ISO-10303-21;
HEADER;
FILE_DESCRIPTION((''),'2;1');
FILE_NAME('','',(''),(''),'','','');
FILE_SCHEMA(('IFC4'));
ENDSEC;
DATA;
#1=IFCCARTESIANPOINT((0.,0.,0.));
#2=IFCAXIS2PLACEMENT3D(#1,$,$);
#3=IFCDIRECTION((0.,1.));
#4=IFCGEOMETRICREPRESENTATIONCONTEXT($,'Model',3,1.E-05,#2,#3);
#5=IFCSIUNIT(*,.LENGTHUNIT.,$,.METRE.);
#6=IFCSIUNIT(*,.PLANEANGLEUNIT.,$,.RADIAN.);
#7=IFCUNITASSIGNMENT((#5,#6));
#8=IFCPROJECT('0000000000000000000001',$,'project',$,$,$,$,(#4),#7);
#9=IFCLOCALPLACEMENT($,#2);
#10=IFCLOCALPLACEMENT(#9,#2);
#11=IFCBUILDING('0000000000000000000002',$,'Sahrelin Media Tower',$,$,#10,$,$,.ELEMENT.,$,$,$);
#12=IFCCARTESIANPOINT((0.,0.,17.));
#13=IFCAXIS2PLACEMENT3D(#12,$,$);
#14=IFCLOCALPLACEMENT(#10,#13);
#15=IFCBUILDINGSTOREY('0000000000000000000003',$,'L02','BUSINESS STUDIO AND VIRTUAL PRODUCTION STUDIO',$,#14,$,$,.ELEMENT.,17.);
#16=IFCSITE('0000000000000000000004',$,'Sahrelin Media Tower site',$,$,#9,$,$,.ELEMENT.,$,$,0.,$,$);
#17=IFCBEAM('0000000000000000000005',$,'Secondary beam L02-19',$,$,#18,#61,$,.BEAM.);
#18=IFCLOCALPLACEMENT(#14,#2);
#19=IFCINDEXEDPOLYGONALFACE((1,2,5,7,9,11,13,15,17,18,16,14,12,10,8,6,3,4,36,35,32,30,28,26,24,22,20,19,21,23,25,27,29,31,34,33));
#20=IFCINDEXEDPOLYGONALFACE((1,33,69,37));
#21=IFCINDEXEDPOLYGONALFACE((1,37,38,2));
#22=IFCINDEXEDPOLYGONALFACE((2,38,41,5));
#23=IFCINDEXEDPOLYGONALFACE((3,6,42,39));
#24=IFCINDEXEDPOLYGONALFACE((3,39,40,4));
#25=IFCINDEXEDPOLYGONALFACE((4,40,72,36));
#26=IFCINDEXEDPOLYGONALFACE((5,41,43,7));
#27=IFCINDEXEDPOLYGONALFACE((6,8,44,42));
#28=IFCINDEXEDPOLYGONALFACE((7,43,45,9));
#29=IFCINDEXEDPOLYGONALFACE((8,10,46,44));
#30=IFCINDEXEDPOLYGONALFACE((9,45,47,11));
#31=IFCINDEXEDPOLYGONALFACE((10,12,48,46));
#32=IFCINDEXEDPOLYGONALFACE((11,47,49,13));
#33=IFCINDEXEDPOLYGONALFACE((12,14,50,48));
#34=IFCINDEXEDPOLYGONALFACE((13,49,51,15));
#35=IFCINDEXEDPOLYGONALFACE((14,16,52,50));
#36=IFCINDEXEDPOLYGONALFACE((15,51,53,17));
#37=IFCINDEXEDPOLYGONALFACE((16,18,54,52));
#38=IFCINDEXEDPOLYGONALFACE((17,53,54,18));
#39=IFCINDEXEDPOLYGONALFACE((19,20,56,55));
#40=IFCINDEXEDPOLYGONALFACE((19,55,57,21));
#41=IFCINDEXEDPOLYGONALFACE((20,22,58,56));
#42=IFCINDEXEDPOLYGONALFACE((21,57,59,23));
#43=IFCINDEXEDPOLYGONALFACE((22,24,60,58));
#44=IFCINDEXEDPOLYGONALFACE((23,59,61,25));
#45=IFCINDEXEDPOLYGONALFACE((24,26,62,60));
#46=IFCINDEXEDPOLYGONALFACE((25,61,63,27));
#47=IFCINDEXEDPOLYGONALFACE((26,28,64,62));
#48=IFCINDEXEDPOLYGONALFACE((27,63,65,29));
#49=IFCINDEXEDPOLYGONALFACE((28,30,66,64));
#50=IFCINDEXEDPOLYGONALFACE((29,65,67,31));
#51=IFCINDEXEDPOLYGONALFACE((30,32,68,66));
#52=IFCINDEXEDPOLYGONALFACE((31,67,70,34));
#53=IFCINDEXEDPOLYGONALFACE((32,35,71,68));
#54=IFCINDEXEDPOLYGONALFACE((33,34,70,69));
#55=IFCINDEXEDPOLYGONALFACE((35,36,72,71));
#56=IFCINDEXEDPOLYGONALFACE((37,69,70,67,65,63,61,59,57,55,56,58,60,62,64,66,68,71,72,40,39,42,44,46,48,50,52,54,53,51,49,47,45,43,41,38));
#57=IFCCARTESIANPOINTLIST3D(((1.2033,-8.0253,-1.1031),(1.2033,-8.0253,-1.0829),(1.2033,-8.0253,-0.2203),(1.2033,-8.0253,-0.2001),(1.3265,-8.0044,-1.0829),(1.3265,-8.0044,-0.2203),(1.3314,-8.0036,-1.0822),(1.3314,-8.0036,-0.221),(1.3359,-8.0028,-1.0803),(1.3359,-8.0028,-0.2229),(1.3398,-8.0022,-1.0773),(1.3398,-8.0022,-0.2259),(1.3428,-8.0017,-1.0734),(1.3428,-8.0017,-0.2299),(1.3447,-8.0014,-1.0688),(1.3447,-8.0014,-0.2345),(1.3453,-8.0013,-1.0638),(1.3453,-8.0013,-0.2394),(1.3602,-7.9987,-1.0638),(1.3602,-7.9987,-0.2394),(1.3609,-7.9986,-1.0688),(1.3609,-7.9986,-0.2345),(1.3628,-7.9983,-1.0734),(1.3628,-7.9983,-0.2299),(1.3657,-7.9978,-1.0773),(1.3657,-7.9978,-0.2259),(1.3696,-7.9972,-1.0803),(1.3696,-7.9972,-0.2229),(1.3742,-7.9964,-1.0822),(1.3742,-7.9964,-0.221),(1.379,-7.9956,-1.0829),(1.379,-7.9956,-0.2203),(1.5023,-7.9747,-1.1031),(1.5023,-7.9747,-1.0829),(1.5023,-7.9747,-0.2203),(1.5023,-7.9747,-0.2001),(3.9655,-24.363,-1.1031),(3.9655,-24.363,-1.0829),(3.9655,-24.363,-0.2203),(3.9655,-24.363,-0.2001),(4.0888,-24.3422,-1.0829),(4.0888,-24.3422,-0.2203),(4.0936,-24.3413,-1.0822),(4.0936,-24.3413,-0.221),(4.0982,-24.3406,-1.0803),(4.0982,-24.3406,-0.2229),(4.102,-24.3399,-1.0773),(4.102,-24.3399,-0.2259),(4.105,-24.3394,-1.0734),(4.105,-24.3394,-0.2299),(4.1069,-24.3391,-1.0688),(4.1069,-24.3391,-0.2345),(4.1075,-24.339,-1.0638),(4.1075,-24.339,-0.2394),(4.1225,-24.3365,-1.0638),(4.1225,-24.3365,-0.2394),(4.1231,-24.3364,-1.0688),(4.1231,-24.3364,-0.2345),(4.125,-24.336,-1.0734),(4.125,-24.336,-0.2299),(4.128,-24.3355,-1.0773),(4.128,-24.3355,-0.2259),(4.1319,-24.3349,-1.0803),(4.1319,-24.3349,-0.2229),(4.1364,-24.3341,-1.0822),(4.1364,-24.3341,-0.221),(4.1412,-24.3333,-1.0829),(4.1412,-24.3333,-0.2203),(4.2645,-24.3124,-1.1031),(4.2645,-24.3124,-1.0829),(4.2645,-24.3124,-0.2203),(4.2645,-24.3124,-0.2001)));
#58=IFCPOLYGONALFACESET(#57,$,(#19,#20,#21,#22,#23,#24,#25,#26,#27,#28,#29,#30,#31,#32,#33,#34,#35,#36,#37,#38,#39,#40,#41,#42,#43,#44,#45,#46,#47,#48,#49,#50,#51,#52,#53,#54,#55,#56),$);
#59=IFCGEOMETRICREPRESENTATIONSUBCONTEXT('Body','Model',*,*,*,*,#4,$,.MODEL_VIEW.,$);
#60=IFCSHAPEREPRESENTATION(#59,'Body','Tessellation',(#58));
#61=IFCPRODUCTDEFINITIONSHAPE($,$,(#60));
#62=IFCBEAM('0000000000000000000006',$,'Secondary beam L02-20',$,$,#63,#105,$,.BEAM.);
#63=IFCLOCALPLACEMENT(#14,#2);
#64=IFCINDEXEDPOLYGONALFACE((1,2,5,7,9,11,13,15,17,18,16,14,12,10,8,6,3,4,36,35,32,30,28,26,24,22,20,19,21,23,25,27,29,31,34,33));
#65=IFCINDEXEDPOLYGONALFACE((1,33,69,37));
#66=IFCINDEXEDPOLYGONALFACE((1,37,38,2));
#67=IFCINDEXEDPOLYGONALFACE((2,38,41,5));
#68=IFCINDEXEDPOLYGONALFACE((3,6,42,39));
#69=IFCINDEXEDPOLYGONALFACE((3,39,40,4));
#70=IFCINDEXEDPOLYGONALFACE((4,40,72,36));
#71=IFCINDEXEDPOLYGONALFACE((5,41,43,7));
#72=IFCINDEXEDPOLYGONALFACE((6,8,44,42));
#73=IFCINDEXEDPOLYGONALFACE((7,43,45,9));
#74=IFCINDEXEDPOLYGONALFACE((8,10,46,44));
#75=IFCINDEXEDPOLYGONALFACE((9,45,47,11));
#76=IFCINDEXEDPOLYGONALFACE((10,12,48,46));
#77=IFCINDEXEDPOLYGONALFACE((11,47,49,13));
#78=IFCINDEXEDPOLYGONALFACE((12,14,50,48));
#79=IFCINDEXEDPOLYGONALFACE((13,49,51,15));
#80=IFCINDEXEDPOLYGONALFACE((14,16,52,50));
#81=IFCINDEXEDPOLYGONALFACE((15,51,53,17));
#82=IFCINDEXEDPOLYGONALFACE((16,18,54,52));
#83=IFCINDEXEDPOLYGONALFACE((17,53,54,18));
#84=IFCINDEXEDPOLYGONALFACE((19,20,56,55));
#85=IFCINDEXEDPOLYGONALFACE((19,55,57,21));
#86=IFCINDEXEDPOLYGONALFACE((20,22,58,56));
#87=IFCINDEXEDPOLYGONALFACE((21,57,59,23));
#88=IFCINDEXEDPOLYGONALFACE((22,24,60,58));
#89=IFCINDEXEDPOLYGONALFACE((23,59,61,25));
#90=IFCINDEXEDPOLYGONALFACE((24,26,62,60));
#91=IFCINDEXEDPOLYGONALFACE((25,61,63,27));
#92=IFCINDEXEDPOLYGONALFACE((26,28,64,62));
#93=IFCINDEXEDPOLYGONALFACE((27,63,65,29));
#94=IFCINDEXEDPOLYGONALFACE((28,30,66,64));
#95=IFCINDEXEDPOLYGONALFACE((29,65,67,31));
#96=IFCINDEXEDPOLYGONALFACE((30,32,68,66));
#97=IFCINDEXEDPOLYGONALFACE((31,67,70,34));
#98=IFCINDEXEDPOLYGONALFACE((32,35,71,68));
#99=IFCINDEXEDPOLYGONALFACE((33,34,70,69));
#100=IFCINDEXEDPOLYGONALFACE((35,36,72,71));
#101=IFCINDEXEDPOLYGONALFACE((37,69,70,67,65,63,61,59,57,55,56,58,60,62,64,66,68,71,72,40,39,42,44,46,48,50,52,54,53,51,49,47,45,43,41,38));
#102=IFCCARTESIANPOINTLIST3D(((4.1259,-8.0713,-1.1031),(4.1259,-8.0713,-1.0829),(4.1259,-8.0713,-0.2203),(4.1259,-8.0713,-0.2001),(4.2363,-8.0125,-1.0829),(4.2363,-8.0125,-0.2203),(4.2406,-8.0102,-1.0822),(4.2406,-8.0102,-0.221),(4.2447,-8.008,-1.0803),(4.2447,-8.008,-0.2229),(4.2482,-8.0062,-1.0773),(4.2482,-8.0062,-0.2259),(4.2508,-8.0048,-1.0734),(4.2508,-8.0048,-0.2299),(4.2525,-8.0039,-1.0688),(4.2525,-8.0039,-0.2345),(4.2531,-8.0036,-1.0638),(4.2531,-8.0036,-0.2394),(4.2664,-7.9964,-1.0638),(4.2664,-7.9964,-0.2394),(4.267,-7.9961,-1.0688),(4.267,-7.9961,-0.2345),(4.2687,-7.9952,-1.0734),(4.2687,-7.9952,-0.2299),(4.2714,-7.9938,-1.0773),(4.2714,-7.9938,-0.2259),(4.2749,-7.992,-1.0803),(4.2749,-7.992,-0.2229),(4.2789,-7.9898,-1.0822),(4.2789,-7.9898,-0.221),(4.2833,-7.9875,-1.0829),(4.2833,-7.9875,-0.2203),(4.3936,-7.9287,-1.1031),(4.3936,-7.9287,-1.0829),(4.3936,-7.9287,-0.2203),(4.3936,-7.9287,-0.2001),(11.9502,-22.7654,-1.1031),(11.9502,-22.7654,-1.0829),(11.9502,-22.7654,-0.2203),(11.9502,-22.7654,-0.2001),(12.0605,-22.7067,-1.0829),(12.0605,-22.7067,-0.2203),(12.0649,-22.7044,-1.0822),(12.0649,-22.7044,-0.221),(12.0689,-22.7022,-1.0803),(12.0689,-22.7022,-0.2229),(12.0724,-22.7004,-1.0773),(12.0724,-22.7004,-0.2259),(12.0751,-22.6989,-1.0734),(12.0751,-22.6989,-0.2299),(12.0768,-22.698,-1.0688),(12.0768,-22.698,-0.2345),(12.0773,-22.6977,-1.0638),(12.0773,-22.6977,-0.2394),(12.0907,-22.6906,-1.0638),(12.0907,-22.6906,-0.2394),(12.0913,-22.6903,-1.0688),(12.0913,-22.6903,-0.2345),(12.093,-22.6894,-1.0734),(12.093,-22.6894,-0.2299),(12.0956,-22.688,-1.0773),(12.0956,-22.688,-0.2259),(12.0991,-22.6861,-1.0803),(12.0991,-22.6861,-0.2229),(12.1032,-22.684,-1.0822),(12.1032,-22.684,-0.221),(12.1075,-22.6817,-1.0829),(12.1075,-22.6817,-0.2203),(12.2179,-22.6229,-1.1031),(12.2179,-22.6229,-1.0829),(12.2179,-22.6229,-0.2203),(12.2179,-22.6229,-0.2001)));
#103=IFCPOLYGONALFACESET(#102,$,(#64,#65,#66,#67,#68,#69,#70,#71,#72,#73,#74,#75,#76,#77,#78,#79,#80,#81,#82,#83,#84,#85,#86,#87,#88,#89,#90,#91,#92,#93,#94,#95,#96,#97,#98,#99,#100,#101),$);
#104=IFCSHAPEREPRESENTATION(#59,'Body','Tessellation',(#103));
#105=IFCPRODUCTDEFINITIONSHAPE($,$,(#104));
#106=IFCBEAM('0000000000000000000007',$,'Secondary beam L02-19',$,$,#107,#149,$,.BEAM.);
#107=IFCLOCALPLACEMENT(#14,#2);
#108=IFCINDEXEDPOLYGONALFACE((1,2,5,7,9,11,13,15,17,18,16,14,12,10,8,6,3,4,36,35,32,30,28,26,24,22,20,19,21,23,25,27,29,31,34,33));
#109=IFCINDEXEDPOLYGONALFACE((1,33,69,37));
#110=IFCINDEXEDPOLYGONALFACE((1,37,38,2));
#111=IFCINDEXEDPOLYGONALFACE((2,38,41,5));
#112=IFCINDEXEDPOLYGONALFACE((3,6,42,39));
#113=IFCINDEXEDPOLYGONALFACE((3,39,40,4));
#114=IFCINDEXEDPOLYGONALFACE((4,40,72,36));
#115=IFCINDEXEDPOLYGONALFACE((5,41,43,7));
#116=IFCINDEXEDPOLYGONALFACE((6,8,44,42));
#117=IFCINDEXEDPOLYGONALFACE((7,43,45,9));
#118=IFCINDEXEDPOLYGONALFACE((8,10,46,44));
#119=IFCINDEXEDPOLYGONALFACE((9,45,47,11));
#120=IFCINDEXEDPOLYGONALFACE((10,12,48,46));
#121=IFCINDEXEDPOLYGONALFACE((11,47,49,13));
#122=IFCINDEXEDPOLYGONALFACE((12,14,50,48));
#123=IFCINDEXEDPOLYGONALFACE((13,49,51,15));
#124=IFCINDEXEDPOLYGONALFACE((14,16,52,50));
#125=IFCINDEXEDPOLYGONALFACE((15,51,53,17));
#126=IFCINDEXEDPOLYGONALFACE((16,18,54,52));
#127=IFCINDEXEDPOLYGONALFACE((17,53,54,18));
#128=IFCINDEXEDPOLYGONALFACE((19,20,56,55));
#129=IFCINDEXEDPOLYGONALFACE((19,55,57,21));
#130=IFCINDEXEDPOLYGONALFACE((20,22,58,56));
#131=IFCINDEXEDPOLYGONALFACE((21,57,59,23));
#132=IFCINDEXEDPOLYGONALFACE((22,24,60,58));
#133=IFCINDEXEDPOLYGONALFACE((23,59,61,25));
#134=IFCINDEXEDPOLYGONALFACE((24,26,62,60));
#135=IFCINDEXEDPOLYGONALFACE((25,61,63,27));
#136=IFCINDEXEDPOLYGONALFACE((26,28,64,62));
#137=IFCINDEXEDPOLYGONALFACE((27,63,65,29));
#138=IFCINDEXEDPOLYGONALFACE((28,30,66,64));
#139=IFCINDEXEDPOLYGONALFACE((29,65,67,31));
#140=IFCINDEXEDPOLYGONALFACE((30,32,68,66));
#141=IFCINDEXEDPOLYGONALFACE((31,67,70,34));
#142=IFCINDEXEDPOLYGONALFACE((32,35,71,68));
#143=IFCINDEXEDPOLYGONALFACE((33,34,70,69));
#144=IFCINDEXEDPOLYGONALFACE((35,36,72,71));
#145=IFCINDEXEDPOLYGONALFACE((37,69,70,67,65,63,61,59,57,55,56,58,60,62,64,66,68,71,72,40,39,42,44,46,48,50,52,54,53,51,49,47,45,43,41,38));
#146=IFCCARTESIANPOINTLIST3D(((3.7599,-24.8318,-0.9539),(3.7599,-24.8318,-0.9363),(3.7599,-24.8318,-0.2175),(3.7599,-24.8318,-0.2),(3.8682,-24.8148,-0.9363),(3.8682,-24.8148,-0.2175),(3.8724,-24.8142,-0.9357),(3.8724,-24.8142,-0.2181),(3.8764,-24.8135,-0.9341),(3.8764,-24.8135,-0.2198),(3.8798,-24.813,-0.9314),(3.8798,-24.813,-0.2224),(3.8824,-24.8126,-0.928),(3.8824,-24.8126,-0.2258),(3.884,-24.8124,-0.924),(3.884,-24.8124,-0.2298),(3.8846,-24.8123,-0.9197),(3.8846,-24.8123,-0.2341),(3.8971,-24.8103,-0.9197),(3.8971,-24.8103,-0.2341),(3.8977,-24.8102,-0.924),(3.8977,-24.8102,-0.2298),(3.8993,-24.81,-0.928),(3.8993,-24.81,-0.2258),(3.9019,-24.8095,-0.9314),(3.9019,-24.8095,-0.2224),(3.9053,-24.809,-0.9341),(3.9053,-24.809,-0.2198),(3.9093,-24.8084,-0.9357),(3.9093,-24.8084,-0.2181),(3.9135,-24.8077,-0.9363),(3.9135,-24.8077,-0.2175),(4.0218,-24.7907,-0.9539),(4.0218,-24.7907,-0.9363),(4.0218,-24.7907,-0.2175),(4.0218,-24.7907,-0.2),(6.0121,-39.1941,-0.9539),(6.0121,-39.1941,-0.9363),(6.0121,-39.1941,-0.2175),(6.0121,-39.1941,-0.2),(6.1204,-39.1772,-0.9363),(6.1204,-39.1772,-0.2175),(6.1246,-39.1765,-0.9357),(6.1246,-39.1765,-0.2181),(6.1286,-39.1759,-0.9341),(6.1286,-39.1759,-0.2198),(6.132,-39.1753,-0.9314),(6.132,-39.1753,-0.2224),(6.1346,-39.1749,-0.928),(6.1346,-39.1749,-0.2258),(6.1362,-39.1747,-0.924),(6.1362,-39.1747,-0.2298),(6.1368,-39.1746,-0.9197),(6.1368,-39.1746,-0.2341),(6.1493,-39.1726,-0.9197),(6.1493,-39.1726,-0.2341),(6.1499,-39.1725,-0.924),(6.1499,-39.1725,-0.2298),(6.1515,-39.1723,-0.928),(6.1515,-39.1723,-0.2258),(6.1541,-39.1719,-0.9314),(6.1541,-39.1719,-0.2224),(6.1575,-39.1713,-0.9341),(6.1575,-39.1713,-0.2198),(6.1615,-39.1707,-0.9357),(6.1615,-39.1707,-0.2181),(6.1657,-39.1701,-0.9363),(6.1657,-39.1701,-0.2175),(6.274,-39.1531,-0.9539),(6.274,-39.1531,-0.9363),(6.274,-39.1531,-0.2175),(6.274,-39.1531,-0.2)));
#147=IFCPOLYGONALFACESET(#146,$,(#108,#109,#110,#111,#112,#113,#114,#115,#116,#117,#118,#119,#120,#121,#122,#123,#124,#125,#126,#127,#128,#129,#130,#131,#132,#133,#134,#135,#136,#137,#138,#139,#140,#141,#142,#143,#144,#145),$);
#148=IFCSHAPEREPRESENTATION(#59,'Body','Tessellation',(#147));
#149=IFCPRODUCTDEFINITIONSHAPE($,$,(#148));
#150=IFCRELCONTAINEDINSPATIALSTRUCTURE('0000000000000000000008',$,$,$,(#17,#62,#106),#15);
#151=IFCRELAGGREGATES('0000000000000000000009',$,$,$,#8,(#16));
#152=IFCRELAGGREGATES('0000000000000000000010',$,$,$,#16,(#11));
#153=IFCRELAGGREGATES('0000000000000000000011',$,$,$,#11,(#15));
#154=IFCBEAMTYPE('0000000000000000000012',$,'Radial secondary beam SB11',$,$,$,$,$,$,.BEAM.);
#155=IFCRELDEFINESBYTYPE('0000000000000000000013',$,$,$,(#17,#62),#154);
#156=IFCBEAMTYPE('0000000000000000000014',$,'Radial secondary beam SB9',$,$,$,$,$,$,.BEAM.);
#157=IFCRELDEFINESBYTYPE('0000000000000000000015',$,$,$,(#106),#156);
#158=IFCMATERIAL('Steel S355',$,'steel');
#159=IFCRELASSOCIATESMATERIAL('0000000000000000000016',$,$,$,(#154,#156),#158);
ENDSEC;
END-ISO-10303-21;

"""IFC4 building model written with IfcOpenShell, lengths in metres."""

from ifc_helpers import new_model, si_unit, direction, frame, origin, origin_2d, place, context, subcontext, project, spatial, i_section, extrude, material, material_profile, profile_set, type_object, element, save


model = new_model("IFC4")

# Units and contexts
model_context = context("Model", 3, precision=1e-05, world=origin(), true_north=direction((0.0, 1.0)))
body_context = subcontext(model_context, "Body", "Model", "MODEL_VIEW")
ifc_project = project(units=[si_unit("LENGTHUNIT", "METRE"), si_unit("PLANEANGLEUNIT", "RADIAN")], contexts=[model_context])

# Site, building, storey
site_placement = place(None, origin())
site = spatial("IfcSite", under=ifc_project, at=site_placement, Name="Sahrelin Media Tower site", CompositionType="ELEMENT", RefElevation=0.0)
building_placement = place(site_placement, origin())
building = spatial("IfcBuilding", under=site, at=building_placement, Name="Sahrelin Media Tower", CompositionType="ELEMENT")
storey_placement = place(building_placement, frame((0.0, 0.0, 17.0)))
storey = spatial("IfcBuildingStorey", under=building, at=storey_placement, Name="L02", Description="BUSINESS STUDIO AND VIRTUAL PRODUCTION STUDIO", CompositionType="ELEMENT", Elevation=17.0)

# Beams
ifc_material_1 = material(Name="Steel S355", Category="steel")
ifc_material_profile_1 = material_profile(ifc_material_1, i_section(OverallWidth=0.3032, OverallDepth=0.9031, WebThickness=0.0151, FlangeThickness=0.0203, FilletRadius=0.019, at=origin_2d()), Name="UB 914x305x201")
ifc_profile_set_1 = profile_set([ifc_material_profile_1], Name="Steel S355")
beam_type_1 = type_object("IfcBeamType", Name="Radial secondary beam SB11", PredefinedType="BEAM", material=ifc_profile_set_1)
beam_1_placement = place(storey_placement, frame((1.3528, -8.0, -0.6516), z_axis=(0.166704, -0.986007, 0.0), x_axis=(0.986007, 0.166704, 0.0)))
element("IfcBeam", 1, at=beam_1_placement, inside=storey, type_object=beam_type_1, Name="Secondary beam L02-19", PredefinedType="BEAM", context=body_context, shape_type="SweptSolid", body=[
    extrude(i_section(OverallWidth=0.3032, OverallDepth=0.9031, WebThickness=0.0151, FlangeThickness=0.0203, FilletRadius=0.019, at=origin_2d()), origin(), (0.0, 0.0, 1.0), 16.5696),
])
beam_2_placement = place(storey_placement, frame((4.2598, -8.0, -0.6516), z_axis=(0.469997, -0.882668, 0.0), x_axis=(0.882668, 0.469997, 0.0)))
element("IfcBeam", 2, at=beam_2_placement, inside=storey, type_object=beam_type_1, Name="Secondary beam L02-20", PredefinedType="BEAM", context=body_context, shape_type="SweptSolid", body=[
    extrude(i_section(OverallWidth=0.3032, OverallDepth=0.9031, WebThickness=0.0151, FlangeThickness=0.0203, FilletRadius=0.019, at=origin_2d()), origin(), (0.0, 0.0, 1.0), 16.6475),
])
ifc_material_profile_2 = material_profile(ifc_material_1, i_section(OverallWidth=0.2651, OverallDepth=0.7539, WebThickness=0.0127, FlangeThickness=0.0176, FilletRadius=0.0166, at=origin_2d()), Name="UB 762x267x147")
ifc_profile_set_2 = profile_set([ifc_material_profile_2], Name="Steel S355")
beam_type_2 = type_object("IfcBeamType", Name="Radial secondary beam SB9", PredefinedType="BEAM", material=ifc_profile_set_2)
beam_3_placement = place(storey_placement, frame((3.8909, -24.8113, -0.5769), z_axis=(0.15492, -0.987927, 0.0), x_axis=(0.987927, 0.15492, 0.0)))
element("IfcBeam", 3, at=beam_3_placement, inside=storey, type_object=beam_type_2, Name="Secondary beam L02-19", PredefinedType="BEAM", context=body_context, shape_type="SweptSolid", body=[
    extrude(i_section(OverallWidth=0.2651, OverallDepth=0.7539, WebThickness=0.0127, FlangeThickness=0.0176, FilletRadius=0.0166, at=origin_2d()), origin(), (0.0, 0.0, 1.0), 14.5378),
])

save(model, "model.ifc")
